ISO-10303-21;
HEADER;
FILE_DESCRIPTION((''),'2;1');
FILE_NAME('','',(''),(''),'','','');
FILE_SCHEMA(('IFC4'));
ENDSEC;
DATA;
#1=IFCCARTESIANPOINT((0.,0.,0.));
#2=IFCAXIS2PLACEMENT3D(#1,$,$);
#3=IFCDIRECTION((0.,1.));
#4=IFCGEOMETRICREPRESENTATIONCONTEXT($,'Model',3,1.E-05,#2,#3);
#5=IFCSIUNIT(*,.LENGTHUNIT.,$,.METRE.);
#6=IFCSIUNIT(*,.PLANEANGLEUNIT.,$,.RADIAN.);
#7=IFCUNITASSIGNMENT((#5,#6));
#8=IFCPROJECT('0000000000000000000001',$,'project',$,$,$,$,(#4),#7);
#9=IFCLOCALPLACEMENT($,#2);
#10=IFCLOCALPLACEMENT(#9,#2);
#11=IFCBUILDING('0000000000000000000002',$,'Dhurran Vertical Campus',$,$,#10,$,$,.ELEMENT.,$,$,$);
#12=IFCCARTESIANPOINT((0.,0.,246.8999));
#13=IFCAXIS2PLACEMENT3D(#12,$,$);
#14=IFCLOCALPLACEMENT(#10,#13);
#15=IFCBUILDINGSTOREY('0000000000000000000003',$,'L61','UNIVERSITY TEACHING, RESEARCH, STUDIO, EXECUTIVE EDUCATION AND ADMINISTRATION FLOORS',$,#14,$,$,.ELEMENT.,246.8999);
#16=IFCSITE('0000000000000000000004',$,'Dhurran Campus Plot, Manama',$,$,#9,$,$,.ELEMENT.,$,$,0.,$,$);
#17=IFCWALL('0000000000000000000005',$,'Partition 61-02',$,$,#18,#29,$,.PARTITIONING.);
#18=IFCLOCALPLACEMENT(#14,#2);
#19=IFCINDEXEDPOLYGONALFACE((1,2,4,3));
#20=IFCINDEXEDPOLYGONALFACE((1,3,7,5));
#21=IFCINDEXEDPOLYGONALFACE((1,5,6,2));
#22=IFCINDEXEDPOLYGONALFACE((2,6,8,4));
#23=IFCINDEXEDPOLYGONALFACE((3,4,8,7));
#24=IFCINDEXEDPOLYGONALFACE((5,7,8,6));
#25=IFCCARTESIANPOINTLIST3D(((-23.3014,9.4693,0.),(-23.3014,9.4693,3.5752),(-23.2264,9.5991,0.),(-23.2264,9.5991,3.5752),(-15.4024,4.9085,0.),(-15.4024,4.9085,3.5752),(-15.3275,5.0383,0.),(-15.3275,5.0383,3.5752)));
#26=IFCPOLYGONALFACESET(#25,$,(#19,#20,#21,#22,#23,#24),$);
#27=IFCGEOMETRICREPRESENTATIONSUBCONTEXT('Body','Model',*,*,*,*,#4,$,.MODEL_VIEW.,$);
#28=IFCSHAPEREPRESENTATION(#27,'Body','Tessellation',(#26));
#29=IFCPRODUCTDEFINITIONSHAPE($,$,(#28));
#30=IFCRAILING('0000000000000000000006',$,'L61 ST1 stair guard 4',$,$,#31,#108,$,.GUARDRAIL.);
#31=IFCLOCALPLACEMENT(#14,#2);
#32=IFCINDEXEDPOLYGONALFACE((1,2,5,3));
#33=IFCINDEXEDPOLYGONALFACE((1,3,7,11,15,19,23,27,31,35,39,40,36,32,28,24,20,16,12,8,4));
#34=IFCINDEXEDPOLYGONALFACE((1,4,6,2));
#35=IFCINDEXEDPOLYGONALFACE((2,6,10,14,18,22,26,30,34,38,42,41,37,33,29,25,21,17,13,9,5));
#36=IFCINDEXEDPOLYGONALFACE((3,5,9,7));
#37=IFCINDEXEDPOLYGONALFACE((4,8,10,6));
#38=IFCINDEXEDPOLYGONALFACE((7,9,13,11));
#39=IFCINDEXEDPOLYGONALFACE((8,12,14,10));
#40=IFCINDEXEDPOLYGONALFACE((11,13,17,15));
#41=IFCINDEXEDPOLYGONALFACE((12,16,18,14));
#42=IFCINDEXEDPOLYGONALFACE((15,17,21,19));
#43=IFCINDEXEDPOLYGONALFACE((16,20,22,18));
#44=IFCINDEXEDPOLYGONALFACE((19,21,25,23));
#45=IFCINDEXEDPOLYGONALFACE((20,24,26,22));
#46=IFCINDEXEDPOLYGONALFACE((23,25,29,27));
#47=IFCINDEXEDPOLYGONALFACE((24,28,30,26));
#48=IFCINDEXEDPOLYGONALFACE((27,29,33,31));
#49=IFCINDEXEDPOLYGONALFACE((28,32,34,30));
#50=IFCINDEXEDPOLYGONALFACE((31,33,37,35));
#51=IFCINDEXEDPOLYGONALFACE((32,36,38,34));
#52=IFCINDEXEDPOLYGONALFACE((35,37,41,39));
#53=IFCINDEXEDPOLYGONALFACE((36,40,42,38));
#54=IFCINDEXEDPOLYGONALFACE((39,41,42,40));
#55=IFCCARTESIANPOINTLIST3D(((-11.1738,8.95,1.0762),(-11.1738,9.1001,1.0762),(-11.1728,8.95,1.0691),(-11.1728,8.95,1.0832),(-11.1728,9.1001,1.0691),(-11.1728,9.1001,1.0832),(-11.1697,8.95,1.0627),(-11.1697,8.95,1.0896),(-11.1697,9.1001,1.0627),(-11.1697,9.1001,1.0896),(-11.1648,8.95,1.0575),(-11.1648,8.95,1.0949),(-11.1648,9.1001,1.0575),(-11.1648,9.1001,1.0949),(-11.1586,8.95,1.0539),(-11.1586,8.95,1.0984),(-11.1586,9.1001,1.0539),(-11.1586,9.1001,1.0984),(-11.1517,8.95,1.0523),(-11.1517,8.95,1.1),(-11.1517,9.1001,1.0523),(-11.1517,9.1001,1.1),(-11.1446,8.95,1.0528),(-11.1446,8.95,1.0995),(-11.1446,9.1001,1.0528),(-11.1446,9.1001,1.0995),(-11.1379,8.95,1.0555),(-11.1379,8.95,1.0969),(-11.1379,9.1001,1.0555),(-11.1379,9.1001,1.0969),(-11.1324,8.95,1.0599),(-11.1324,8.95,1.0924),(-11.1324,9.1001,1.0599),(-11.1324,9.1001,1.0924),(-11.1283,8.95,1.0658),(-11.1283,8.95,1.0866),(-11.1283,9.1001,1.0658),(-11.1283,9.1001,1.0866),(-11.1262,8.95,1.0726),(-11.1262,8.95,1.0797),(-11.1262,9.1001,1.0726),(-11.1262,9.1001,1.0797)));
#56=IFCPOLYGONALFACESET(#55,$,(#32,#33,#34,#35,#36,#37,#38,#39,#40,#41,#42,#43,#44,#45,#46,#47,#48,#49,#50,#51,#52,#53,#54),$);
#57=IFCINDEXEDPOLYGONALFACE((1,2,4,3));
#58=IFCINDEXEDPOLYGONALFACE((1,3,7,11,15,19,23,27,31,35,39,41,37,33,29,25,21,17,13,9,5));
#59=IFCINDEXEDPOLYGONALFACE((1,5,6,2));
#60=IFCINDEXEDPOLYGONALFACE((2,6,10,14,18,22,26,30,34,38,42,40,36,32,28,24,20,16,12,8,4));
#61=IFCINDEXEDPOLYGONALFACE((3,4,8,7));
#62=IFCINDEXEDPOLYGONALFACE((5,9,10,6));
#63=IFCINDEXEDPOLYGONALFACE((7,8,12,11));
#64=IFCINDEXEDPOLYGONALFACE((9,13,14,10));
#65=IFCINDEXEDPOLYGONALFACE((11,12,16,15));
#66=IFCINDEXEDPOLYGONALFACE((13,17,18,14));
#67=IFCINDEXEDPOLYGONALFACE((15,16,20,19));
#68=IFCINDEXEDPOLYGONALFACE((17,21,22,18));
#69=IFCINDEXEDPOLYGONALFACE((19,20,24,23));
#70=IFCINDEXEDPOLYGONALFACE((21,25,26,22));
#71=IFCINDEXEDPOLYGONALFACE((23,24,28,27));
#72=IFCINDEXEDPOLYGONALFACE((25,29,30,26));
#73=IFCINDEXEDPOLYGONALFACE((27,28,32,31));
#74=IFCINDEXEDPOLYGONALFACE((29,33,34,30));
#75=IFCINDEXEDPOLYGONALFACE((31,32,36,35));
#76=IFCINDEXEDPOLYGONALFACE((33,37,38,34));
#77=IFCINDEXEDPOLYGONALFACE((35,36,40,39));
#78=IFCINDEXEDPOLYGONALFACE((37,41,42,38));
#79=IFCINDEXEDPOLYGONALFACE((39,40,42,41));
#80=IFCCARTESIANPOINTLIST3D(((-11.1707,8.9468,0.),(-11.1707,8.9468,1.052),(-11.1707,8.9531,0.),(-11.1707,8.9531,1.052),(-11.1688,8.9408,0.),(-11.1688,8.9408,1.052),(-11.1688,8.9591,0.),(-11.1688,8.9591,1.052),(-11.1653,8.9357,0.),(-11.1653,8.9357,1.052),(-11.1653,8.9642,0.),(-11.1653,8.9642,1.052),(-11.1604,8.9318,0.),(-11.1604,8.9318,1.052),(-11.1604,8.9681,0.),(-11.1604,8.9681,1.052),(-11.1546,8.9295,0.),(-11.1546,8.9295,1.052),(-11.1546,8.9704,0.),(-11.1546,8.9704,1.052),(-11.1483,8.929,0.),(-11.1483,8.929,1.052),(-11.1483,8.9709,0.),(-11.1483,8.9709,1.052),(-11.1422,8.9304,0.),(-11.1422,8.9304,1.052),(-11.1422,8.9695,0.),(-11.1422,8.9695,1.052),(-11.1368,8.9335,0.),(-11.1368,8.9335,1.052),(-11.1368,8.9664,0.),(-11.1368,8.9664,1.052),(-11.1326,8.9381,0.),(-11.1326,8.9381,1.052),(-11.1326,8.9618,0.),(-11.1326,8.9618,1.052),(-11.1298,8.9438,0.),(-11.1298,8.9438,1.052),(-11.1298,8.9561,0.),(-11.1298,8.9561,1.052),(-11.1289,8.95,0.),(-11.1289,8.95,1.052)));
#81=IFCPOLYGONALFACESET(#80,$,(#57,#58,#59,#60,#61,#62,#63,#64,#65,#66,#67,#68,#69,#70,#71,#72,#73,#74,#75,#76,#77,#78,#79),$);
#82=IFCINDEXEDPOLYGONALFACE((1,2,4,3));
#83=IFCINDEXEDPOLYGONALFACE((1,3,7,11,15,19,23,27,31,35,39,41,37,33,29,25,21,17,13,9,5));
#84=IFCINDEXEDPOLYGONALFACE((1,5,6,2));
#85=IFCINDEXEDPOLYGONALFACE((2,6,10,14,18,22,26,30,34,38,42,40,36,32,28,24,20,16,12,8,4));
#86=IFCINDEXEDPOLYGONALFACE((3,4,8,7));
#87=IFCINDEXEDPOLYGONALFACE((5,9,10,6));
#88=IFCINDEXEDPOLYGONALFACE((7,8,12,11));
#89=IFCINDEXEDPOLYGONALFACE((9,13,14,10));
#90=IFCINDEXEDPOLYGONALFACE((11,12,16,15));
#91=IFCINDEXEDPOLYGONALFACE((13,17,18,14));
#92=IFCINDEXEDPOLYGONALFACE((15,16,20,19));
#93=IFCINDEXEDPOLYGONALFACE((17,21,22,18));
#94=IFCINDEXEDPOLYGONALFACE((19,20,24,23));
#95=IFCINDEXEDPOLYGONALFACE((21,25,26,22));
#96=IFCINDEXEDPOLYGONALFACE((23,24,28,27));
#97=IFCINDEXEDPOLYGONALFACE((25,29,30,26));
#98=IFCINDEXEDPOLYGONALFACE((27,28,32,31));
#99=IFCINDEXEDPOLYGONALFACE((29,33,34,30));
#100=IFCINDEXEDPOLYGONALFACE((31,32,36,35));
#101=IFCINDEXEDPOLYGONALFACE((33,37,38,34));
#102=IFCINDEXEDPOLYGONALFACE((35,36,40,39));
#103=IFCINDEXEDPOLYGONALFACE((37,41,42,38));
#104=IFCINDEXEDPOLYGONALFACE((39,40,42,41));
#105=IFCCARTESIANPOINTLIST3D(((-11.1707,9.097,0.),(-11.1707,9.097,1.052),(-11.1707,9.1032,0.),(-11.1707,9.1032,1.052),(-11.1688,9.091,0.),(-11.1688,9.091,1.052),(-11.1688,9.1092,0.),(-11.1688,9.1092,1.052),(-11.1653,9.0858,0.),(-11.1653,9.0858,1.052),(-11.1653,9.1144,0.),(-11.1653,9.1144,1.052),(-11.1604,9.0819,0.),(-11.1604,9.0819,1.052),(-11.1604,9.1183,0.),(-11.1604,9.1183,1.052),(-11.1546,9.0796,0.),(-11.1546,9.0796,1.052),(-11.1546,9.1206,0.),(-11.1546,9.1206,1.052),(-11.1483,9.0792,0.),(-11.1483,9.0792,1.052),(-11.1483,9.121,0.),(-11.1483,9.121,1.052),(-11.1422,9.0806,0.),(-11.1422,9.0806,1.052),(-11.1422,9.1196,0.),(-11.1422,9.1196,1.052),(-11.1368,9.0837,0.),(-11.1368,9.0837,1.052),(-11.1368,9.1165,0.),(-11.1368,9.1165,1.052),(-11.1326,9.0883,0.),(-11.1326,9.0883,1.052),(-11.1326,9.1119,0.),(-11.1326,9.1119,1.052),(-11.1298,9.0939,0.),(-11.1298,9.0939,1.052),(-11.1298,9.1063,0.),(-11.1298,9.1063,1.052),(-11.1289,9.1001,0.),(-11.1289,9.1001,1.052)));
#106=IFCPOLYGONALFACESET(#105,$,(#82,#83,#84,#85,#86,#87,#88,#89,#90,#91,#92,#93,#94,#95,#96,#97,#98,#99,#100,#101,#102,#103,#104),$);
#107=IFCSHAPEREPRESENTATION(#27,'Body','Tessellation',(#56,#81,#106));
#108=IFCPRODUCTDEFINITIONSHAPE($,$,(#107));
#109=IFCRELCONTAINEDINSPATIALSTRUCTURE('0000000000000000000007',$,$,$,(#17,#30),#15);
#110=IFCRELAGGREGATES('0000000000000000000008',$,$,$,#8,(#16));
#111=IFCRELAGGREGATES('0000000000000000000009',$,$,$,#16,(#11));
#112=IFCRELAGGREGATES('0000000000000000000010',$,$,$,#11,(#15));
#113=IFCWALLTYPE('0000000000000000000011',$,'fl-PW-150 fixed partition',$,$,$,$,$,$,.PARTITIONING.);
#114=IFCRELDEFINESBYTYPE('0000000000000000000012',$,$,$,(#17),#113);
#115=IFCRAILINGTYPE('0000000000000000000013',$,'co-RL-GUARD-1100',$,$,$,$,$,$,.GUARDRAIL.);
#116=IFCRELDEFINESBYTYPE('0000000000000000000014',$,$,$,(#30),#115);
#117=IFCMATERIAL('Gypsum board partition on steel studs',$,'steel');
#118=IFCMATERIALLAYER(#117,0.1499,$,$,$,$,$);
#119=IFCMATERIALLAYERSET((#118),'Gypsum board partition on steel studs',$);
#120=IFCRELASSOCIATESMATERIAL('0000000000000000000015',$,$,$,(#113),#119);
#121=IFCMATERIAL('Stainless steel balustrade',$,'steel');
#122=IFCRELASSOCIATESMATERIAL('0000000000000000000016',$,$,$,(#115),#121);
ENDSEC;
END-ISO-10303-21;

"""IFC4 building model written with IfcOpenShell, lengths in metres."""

from ifc_helpers import new_model, si_unit, direction, frame, frame_2d, origin, origin_2d, place, context, subcontext, project, spatial, rectangle, circle, extrude, material, layer, layer_set, type_object, element, save


model = new_model("IFC4")

# Units and contexts
model_context = context("Model", 3, precision=1e-05, world=origin(), true_north=direction((0.0, 1.0)))
body_context = subcontext(model_context, "Body", "Model", "MODEL_VIEW")
ifc_project = project(units=[si_unit("LENGTHUNIT", "METRE"), si_unit("PLANEANGLEUNIT", "RADIAN")], contexts=[model_context])

# Site, building, storey
site_placement = place(None, origin())
site = spatial("IfcSite", under=ifc_project, at=site_placement, Name="Dhurran Campus Plot, Manama", CompositionType="ELEMENT", RefElevation=0.0)
building_placement = place(site_placement, origin())
building = spatial("IfcBuilding", under=site, at=building_placement, Name="Dhurran Vertical Campus", CompositionType="ELEMENT")
storey_placement = place(building_placement, frame((0.0, 0.0, 246.8999)))
storey = spatial("IfcBuildingStorey", under=building, at=storey_placement, Name="L61", Description="UNIVERSITY TEACHING, RESEARCH, STUDIO, EXECUTIVE EDUCATION AND ADMINISTRATION FLOORS", CompositionType="ELEMENT", Elevation=246.8999)

# Wall
ifc_material_1 = material(Name="Gypsum board partition on steel studs", Category="steel")
ifc_layer_1 = layer(ifc_material_1, 0.1499)
ifc_layer_set_1 = layer_set([ifc_layer_1], Name="Gypsum board partition on steel studs")
wall_type_1 = type_object("IfcWallType", Name="fl-PW-150 fixed partition", PredefinedType="PARTITIONING", material=ifc_layer_set_1)
wall_1_placement = place(storey_placement, frame((-23.2639, 9.5342, 0.0), z_axis=(0.0, 0.0, 1.0), x_axis=(0.866009, -0.500028, 0.0)))
element("IfcWall", 1, at=wall_1_placement, inside=storey, type_object=wall_type_1, Name="Partition 61-02", PredefinedType="PARTITIONING", context=body_context, shape_type="SweptSolid", body=[
    extrude(rectangle(XDim=9.1211, YDim=0.1499, at=frame_2d((4.5605, 0.0))), origin(), (0.0, 0.0, 1.0), 3.5752),
])

# Railing
ifc_material_2 = material(Name="Stainless steel balustrade", Category="steel")
railing_type_1 = type_object("IfcRailingType", Name="co-RL-GUARD-1100", PredefinedType="GUARDRAIL", material=ifc_material_2)
railing_1_placement = place(storey_placement, frame((-11.1499, 8.95, 0.0)))
element("IfcRailing", 2, at=railing_1_placement, inside=storey, type_object=railing_type_1, Name="L61 ST1 stair guard 4", PredefinedType="GUARDRAIL", context=body_context, shape_type="SweptSolid", body=[
    extrude(circle(Radius=0.0239, at=origin_2d()), frame((0.0, 0.0, 1.0762), z_axis=(0.0, 1.0, 0.0), x_axis=(-1.0, 0.0, 0.0)), (0.0, 0.0, 1.0), 0.1501),
    extrude(circle(Radius=0.021, at=origin_2d()), origin(), (0.0, 0.0, 1.0), 1.052),
    extrude(circle(Radius=0.021, at=origin_2d()), frame((0.0, 0.1501, 0.0)), (0.0, 0.0, 1.0), 1.052),
])

save(model, "model.ifc")
